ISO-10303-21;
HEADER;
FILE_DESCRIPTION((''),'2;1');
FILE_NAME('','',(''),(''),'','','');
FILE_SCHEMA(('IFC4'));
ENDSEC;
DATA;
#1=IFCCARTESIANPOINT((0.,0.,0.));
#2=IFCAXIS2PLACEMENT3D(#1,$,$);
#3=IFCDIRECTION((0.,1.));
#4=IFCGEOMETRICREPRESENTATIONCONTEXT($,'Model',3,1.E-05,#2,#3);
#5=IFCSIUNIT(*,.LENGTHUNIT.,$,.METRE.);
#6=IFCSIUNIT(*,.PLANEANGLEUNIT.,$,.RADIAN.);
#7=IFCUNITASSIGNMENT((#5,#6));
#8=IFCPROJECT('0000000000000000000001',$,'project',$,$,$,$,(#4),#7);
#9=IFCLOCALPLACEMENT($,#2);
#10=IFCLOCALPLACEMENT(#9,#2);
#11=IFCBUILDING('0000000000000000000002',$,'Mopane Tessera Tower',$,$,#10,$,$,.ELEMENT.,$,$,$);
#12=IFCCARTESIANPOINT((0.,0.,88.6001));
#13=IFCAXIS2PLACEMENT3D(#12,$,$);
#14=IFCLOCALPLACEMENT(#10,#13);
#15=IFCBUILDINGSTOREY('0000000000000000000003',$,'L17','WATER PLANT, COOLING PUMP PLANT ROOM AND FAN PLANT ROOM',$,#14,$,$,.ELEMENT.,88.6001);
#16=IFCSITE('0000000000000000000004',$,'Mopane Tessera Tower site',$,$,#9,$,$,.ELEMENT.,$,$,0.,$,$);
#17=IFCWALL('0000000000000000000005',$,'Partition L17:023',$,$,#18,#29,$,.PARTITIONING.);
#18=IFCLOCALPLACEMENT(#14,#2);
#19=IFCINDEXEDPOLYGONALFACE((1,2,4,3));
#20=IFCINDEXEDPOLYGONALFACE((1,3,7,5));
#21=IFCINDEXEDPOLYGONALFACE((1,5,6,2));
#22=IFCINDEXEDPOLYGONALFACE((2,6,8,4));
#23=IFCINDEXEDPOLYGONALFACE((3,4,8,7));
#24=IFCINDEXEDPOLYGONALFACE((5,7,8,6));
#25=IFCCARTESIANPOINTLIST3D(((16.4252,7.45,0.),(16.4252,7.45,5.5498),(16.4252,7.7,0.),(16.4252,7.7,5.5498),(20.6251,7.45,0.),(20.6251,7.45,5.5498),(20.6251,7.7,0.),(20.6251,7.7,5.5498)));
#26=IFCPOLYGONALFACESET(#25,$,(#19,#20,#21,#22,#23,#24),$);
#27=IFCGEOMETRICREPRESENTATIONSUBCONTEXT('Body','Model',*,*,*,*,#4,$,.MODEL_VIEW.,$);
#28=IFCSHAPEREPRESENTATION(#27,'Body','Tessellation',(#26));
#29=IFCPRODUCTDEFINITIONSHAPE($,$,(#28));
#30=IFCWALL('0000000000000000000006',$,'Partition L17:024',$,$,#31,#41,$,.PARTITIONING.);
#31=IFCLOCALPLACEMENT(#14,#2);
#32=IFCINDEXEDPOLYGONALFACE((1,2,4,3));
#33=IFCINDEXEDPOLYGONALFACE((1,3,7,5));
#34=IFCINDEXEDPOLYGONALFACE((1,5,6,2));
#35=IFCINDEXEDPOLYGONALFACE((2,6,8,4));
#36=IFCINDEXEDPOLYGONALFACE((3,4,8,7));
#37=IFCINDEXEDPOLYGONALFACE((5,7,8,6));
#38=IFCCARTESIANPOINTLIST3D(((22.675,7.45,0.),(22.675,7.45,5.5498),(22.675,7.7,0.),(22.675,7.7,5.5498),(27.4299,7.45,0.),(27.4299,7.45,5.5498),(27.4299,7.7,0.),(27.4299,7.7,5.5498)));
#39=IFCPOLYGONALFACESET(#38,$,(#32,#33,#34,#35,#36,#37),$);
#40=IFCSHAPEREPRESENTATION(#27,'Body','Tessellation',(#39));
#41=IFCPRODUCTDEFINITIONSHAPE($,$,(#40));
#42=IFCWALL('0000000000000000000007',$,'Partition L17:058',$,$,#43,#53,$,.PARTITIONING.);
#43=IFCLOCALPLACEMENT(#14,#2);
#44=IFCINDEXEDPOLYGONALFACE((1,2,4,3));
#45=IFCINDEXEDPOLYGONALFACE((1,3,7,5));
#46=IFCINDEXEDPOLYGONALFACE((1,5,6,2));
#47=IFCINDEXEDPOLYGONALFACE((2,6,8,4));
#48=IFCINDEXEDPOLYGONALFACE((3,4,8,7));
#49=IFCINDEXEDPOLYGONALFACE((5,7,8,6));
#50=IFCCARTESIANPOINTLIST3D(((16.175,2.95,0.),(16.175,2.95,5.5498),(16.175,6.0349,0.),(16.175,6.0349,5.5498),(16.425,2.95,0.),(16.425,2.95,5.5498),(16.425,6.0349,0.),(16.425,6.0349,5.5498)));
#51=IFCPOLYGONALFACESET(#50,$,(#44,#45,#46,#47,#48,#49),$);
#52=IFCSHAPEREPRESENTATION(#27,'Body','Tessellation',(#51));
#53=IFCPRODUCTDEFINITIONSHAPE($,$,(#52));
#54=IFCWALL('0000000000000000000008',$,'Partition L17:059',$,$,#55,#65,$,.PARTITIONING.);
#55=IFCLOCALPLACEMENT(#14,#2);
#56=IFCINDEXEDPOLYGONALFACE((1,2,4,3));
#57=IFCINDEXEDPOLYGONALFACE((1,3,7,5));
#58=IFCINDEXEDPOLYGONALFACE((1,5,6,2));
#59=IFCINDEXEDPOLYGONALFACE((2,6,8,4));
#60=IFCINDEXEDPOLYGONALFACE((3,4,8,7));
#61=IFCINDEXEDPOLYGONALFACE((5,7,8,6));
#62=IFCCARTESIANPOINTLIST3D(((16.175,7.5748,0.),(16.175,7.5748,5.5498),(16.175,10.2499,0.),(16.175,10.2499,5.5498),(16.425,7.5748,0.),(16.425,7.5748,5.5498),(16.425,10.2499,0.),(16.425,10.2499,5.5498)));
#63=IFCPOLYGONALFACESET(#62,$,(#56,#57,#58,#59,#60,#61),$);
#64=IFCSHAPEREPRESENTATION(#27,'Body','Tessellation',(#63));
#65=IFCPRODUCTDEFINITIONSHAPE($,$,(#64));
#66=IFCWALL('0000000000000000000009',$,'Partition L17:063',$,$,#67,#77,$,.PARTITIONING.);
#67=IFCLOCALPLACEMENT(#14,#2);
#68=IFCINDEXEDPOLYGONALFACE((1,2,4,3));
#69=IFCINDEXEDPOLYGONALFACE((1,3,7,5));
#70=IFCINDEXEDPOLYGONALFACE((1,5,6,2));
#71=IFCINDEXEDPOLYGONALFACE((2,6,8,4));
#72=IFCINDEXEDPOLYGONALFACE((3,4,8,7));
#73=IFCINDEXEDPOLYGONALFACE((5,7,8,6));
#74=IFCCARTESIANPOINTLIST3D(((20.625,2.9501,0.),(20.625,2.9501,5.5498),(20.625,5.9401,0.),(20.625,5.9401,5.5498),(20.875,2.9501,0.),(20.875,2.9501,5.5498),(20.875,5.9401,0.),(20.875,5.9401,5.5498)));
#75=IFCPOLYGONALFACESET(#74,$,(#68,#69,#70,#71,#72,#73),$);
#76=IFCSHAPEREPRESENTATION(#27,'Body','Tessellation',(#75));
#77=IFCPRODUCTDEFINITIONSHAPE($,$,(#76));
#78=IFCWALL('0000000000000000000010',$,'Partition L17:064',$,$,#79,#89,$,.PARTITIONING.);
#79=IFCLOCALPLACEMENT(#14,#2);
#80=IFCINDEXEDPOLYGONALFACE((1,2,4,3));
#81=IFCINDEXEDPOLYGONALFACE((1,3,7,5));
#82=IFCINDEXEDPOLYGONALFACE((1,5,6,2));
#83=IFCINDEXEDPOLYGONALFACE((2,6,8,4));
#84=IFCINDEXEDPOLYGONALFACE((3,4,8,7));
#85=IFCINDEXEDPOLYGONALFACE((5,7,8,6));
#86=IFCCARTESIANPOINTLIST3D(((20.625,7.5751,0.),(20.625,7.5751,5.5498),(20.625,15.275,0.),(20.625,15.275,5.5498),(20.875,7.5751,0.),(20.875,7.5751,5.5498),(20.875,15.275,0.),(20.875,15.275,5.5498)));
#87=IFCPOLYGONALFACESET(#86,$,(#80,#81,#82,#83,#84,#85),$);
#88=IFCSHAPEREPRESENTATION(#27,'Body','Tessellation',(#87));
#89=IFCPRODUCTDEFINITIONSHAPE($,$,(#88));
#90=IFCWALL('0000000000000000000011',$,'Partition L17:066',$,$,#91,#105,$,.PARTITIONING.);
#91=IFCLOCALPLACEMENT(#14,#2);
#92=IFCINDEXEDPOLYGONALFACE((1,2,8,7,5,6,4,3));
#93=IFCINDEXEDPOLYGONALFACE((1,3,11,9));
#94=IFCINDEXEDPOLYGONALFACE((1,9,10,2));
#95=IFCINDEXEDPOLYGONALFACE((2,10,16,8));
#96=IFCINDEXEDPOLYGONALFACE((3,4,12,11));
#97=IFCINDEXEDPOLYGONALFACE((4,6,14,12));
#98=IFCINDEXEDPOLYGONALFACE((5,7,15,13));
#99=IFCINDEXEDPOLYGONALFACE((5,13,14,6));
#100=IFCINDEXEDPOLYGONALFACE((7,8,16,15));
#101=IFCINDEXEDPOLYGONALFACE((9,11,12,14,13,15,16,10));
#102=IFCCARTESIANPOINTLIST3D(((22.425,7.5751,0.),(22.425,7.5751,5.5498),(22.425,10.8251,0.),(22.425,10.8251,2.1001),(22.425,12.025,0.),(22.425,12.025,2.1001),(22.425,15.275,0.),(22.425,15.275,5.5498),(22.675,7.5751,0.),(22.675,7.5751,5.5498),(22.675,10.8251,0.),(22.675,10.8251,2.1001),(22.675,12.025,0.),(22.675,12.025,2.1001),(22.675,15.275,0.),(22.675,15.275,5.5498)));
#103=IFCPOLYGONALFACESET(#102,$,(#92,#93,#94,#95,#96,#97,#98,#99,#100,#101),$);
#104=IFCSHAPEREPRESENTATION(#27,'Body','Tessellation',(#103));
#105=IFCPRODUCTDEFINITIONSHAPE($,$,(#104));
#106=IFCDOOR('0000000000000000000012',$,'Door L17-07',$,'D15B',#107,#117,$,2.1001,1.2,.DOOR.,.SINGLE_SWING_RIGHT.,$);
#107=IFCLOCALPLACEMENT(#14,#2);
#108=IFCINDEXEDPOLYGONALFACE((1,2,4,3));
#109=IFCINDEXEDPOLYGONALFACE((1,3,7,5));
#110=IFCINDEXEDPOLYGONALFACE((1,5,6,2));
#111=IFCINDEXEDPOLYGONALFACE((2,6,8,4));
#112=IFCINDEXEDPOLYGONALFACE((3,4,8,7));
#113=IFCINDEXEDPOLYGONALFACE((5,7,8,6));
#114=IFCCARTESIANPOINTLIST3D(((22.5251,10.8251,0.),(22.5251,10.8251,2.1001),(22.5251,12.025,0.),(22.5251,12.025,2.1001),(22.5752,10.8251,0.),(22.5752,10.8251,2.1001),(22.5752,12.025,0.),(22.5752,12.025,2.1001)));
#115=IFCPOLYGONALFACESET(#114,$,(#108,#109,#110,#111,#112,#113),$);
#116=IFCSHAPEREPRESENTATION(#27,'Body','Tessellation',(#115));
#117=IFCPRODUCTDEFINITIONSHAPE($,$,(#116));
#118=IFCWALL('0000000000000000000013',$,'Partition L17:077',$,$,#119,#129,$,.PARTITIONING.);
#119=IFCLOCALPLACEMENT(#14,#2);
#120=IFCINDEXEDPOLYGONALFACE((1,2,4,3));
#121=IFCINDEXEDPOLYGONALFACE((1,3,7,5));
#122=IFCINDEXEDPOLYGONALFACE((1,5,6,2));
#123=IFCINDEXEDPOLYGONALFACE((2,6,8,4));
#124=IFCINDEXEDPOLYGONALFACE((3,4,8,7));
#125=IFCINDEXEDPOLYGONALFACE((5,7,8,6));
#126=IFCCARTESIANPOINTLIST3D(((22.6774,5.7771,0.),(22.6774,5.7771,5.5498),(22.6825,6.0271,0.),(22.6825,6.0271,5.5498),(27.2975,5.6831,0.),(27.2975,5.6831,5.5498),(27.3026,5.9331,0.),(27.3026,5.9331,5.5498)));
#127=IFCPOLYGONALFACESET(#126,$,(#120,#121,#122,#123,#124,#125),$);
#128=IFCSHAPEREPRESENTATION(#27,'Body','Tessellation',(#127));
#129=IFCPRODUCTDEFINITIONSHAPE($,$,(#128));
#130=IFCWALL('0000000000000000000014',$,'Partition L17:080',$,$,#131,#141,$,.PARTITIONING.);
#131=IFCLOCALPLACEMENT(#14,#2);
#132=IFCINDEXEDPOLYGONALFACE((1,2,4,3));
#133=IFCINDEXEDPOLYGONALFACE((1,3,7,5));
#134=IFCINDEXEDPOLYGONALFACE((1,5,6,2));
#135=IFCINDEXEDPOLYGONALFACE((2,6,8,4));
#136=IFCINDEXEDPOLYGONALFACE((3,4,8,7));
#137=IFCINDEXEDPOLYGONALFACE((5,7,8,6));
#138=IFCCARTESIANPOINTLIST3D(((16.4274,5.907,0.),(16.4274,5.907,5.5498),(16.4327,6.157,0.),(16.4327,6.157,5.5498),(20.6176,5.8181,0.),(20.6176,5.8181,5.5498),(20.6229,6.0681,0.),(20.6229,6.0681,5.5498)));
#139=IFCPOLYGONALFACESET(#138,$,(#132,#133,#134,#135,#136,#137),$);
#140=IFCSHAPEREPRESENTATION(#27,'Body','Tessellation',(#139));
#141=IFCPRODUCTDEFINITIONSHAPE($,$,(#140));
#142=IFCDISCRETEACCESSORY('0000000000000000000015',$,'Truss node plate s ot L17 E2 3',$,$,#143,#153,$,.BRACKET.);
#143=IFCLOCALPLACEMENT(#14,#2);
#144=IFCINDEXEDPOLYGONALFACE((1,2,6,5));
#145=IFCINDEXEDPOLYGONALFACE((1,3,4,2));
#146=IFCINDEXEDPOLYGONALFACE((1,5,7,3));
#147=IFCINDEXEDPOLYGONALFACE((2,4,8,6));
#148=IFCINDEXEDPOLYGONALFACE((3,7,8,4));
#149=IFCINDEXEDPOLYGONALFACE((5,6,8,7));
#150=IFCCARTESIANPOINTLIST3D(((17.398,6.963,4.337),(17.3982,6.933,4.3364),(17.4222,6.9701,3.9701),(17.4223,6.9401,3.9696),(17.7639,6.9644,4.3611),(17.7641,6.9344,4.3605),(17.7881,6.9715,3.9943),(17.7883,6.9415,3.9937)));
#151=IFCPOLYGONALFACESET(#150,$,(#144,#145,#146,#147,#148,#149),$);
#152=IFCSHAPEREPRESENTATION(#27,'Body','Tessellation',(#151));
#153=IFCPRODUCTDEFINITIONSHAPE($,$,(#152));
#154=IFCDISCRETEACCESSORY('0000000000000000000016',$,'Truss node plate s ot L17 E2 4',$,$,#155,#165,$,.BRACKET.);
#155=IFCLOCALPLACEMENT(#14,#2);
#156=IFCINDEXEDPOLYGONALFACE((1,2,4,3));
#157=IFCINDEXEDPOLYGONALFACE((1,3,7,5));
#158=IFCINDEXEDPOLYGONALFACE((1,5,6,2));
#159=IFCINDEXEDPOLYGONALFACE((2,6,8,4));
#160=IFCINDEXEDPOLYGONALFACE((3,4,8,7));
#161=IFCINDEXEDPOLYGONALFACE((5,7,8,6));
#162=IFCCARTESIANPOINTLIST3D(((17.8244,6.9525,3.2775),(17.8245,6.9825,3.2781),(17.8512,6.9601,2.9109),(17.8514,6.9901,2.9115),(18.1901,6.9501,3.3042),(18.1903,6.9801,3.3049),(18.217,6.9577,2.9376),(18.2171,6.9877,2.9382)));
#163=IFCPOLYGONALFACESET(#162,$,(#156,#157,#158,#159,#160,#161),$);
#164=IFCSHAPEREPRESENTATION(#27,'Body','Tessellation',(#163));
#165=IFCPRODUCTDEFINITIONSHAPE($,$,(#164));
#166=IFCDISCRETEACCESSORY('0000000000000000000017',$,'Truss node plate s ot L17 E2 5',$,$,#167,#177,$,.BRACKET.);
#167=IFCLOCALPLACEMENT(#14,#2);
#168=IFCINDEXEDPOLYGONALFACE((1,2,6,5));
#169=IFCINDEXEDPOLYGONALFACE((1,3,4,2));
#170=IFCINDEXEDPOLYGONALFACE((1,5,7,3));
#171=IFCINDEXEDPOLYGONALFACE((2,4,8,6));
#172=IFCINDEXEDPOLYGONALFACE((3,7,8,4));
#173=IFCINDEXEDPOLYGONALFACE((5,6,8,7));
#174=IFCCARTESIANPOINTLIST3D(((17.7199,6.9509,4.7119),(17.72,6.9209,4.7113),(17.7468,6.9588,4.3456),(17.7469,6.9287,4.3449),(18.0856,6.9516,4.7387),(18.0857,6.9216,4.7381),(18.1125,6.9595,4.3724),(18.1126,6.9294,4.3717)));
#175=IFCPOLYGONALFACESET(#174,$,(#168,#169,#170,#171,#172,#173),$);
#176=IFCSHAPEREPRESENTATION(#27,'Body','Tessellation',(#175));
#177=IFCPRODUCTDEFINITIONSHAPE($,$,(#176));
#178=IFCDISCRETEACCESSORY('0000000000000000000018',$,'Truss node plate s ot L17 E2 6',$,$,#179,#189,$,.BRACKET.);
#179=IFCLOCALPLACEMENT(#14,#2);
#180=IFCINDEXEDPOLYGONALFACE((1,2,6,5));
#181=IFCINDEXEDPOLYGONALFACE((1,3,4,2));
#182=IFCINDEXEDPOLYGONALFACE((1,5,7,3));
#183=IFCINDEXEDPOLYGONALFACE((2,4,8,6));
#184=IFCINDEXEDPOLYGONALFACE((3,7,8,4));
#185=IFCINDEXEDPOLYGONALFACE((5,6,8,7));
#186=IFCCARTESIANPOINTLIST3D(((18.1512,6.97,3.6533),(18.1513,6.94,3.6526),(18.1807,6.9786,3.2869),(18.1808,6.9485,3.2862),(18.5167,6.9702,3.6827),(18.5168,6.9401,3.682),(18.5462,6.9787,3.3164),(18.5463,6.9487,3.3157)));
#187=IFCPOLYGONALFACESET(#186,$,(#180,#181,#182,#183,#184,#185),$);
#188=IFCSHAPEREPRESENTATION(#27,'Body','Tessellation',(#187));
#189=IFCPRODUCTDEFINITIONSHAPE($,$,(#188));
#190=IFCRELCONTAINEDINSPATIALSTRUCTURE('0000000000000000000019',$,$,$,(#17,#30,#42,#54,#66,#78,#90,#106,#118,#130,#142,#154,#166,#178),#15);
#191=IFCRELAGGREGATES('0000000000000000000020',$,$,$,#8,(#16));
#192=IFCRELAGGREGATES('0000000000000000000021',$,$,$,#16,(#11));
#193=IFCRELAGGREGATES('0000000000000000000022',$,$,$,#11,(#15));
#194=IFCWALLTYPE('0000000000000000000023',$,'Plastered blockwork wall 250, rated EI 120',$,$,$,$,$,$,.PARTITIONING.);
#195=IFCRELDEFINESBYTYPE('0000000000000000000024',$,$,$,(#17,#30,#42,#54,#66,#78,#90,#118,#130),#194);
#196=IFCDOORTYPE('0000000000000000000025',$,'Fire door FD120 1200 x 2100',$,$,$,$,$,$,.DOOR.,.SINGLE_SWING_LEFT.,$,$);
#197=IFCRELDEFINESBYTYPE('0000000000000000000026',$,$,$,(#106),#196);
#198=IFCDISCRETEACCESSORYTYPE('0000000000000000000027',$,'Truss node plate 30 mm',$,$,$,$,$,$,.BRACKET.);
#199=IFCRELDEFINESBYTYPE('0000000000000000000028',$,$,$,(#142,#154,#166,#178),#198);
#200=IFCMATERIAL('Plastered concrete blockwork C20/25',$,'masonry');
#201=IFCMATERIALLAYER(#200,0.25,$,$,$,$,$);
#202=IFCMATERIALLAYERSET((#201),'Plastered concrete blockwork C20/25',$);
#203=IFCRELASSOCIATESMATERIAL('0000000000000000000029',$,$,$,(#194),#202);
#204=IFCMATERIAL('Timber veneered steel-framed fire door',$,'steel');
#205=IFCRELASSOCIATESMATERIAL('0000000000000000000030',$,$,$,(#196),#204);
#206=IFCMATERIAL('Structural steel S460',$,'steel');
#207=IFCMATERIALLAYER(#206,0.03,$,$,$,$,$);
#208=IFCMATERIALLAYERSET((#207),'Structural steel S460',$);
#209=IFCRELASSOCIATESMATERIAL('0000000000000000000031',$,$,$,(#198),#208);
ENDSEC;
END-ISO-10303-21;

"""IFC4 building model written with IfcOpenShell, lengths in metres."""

from ifc_helpers import new_model, si_unit, direction, frame, frame_2d, origin, origin_2d, place, context, subcontext, project, spatial, rectangle, extrude, material, layer, layer_set, type_object, element, fill, save


model = new_model("IFC4")

# Units and contexts
model_context = context("Model", 3, precision=1e-05, world=origin(), true_north=direction((0.0, 1.0)))
body_context = subcontext(model_context, "Body", "Model", "MODEL_VIEW")
ifc_project = project(units=[si_unit("LENGTHUNIT", "METRE"), si_unit("PLANEANGLEUNIT", "RADIAN")], contexts=[model_context])

# Site, building, storey
site_placement = place(None, origin())
site = spatial("IfcSite", under=ifc_project, at=site_placement, Name="Mopane Tessera Tower site", CompositionType="ELEMENT", RefElevation=0.0)
building_placement = place(site_placement, origin())
building = spatial("IfcBuilding", under=site, at=building_placement, Name="Mopane Tessera Tower", CompositionType="ELEMENT")
storey_placement = place(building_placement, frame((0.0, 0.0, 88.6001)))
storey = spatial("IfcBuildingStorey", under=building, at=storey_placement, Name="L17", Description="WATER PLANT, COOLING PUMP PLANT ROOM AND FAN PLANT ROOM", CompositionType="ELEMENT", Elevation=88.6001)

# Shared definitions
ifc_material_1 = material(Name="Plastered concrete blockwork C20/25", Category="masonry")
ifc_layer_1 = layer(ifc_material_1, 0.25)
ifc_layer_set_1 = layer_set([ifc_layer_1], Name="Plastered concrete blockwork C20/25")
wall_type = type_object("IfcWallType", Name="Plastered blockwork wall 250, rated EI 120", PredefinedType="PARTITIONING", material=ifc_layer_set_1)

# Walls
wall_1_placement = place(storey_placement, frame((16.425, 7.575, 0.0), z_axis=(0.0, 0.0, 1.0), x_axis=(1.0, 0.0, 0.0)))
element("IfcWall", 1, at=wall_1_placement, inside=storey, type_object=wall_type, Name="Partition L17:023", PredefinedType="PARTITIONING", context=body_context, shape_type="SweptSolid", body=[
    extrude(rectangle(XDim=4.2, YDim=0.25, at=frame_2d((2.1001, 0.0))), origin(), (0.0, 0.0, 1.0), 5.5498),
])
wall_2_placement = place(storey_placement, frame((22.675, 7.575, 0.0), z_axis=(0.0, 0.0, 1.0), x_axis=(1.0, 0.0, 0.0)))
element("IfcWall", 2, at=wall_2_placement, inside=storey, type_object=wall_type, Name="Partition L17:024", PredefinedType="PARTITIONING", context=body_context, shape_type="SweptSolid", body=[
    extrude(rectangle(XDim=4.7549, YDim=0.25, at=frame_2d((2.3774, 0.0))), origin(), (0.0, 0.0, 1.0), 5.5498),
])
wall_3_placement = place(storey_placement, frame((16.3, 2.95, 0.0), z_axis=(0.0, 0.0, 1.0), x_axis=(0.0, 1.0, 0.0)))
element("IfcWall", 3, at=wall_3_placement, inside=storey, type_object=wall_type, Name="Partition L17:058", PredefinedType="PARTITIONING", context=body_context, shape_type="SweptSolid", body=[
    extrude(rectangle(XDim=3.085, YDim=0.25, at=frame_2d((1.5425, 0.0))), origin(), (0.0, 0.0, 1.0), 5.5498),
])
wall_4_placement = place(storey_placement, frame((16.3, 7.575, 0.0), z_axis=(0.0, 0.0, 1.0), x_axis=(0.0, 1.0, 0.0)))
element("IfcWall", 4, at=wall_4_placement, inside=storey, type_object=wall_type, Name="Partition L17:059", PredefinedType="PARTITIONING", context=body_context, shape_type="SweptSolid", body=[
    extrude(rectangle(XDim=2.675, YDim=0.25, at=frame_2d((1.3374, 0.0))), origin(), (0.0, 0.0, 1.0), 5.5498),
])
wall_5_placement = place(storey_placement, frame((20.75, 2.95, 0.0), z_axis=(0.0, 0.0, 1.0), x_axis=(0.0, 1.0, 0.0)))
element("IfcWall", 5, at=wall_5_placement, inside=storey, type_object=wall_type, Name="Partition L17:063", PredefinedType="PARTITIONING", context=body_context, shape_type="SweptSolid", body=[
    extrude(rectangle(XDim=2.99, YDim=0.25, at=frame_2d((1.4951, 0.0))), origin(), (0.0, 0.0, 1.0), 5.5498),
])
wall_6_placement = place(storey_placement, frame((20.75, 7.575, 0.0), z_axis=(0.0, 0.0, 1.0), x_axis=(0.0, 1.0, 0.0)))
element("IfcWall", 6, at=wall_6_placement, inside=storey, type_object=wall_type, Name="Partition L17:064", PredefinedType="PARTITIONING", context=body_context, shape_type="SweptSolid", body=[
    extrude(rectangle(XDim=7.7, YDim=0.25, at=frame_2d((3.8501, 0.0))), origin(), (0.0, 0.0, 1.0), 5.5498),
])

# Wall, opening, door
wall_7_placement = place(storey_placement, frame((22.55, 7.575, 0.0), z_axis=(0.0, 0.0, 1.0), x_axis=(0.0, 1.0, 0.0)))
wall_7 = element("IfcWall", 7, at=wall_7_placement, inside=storey, type_object=wall_type, Name="Partition L17:066", PredefinedType="PARTITIONING", context=body_context, shape_type="SweptSolid", body=[
    extrude(rectangle(XDim=7.7, YDim=0.25, at=frame_2d((3.8501, 0.0))), origin(), (0.0, 0.0, 1.0), 5.5498),
])
opening_1_placement = place(wall_7_placement, frame((3.25, 0.0, 0.0)))
opening_1 = element("IfcOpeningElement", 8, at=opening_1_placement, cuts=wall_7, PredefinedType="OPENING", context=body_context, shape_type="SweptSolid", body=[
    extrude(rectangle(XDim=1.2, YDim=2.1001, at=frame_2d((0.6001, 1.05))), frame((0.0, 0.137, 0.0), z_axis=(0.0, -1.0, 0.0), x_axis=(1.0, 0.0, 0.0)), (0.0, 0.0, 1.0), 0.2739),
])
ifc_material_2 = material(Name="Timber veneered steel-framed fire door", Category="steel")
door_type_1 = type_object("IfcDoorType", Name="Fire door FD120 1200 x 2100", OperationType="SINGLE_SWING_LEFT", PredefinedType="DOOR", material=ifc_material_2)
door_1_placement = place(opening_1_placement, origin())
door_1 = element("IfcDoor", 9, at=door_1_placement, inside=storey, type_object=door_type_1, Name="Door L17-07", ObjectType="D15B", OperationType="SINGLE_SWING_RIGHT", OverallHeight=2.1001, OverallWidth=1.2, PredefinedType="DOOR", context=body_context, shape_type="SweptSolid", body=[
    extrude(rectangle(XDim=1.2, YDim=2.1001, at=frame_2d((0.6001, 1.05))), frame((0.0, 0.0249, 0.0), z_axis=(0.0, -1.0, 0.0), x_axis=(1.0, 0.0, 0.0)), (0.0, 0.0, 1.0), 0.05),
])
fill(opening_1, door_1)

# Walls
wall_8_placement = place(storey_placement, frame((22.6799, 5.9021, 0.0), z_axis=(0.0, 0.0, 1.0), x_axis=(0.999793, -0.02034, 0.0)))
element("IfcWall", 10, at=wall_8_placement, inside=storey, type_object=wall_type, Name="Partition L17:077", PredefinedType="PARTITIONING", context=body_context, shape_type="SweptSolid", body=[
    extrude(rectangle(XDim=4.6211, YDim=0.25, at=frame_2d((2.3105, 0.0))), origin(), (0.0, 0.0, 1.0), 5.5498),
])
wall_9_placement = place(storey_placement, frame((16.4299, 6.032, 0.0), z_axis=(0.0, 0.0, 1.0), x_axis=(0.999775, -0.021204, 0.0)))
element("IfcWall", 11, at=wall_9_placement, inside=storey, type_object=wall_type, Name="Partition L17:080", PredefinedType="PARTITIONING", context=body_context, shape_type="SweptSolid", body=[
    extrude(rectangle(XDim=4.1912, YDim=0.25, at=frame_2d((2.0957, 0.0))), origin(), (0.0, 0.0, 1.0), 5.5498),
])

# Discrete accessories
ifc_material_3 = material(Name="Structural steel S460", Category="steel")
ifc_layer_2 = layer(ifc_material_3, 0.03)
ifc_layer_set_2 = layer_set([ifc_layer_2], Name="Structural steel S460")
discrete_accessory_type = type_object("IfcDiscreteAccessoryType", Name="Truss node plate 30 mm", PredefinedType="BRACKET", material=ifc_layer_set_2)
for number, where, z_axis, x_axis, name in (
    (12, (17.6052, 6.9558, 3.9819), (-0.065757, -0.019262, 0.99765), (-0.005033, 0.999807, 0.018972), "Truss node plate s ot L17 E2 3"),
    (13, (18.0342, 6.9739, 2.9246), (-0.073025, -0.02058, 0.997118), (0.004945, 0.999767, 0.020996), "Truss node plate s ot L17 E2 4"),
):
    element("IfcDiscreteAccessory", number, at=place(storey_placement, frame(where, z_axis=z_axis, x_axis=x_axis)), inside=storey, type_object=discrete_accessory_type, Name=name, PredefinedType="BRACKET", context=body_context, shape_type="SweptSolid", body=[
        extrude(rectangle(XDim=0.03, YDim=0.3667, at=origin_2d()), origin(), (0.0, 0.0, 1.0), 0.3677),
    ])
discrete_accessory_1_placement = place(storey_placement, frame((17.9297, 6.9441, 4.3586), z_axis=(-0.073072, -0.021257, 0.9971), x_axis=(-0.00346, 0.999772, 0.021061)))
element("IfcDiscreteAccessory", 14, at=discrete_accessory_1_placement, inside=storey, type_object=discrete_accessory_type, Name="Truss node plate s ot L17 E2 5", PredefinedType="BRACKET", context=body_context, shape_type="SweptSolid", body=[
    extrude(rectangle(XDim=0.03, YDim=0.3667, at=origin_2d()), origin(), (0.0, 0.0, 1.0), 0.3674),
])
discrete_accessory_2_placement = place(storey_placement, frame((18.3635, 6.9636, 3.3013), z_axis=(-0.080331, -0.023236, 0.996497), x_axis=(-0.002253, 0.99973, 0.02313)))
element("IfcDiscreteAccessory", 15, at=discrete_accessory_2_placement, inside=storey, type_object=discrete_accessory_type, Name="Truss node plate s ot L17 E2 6", PredefinedType="BRACKET", context=body_context, shape_type="SweptSolid", body=[
    extrude(rectangle(XDim=0.03, YDim=0.3667, at=origin_2d()), origin(), (0.0, 0.0, 1.0), 0.3677),
])

save(model, "model.ifc")
